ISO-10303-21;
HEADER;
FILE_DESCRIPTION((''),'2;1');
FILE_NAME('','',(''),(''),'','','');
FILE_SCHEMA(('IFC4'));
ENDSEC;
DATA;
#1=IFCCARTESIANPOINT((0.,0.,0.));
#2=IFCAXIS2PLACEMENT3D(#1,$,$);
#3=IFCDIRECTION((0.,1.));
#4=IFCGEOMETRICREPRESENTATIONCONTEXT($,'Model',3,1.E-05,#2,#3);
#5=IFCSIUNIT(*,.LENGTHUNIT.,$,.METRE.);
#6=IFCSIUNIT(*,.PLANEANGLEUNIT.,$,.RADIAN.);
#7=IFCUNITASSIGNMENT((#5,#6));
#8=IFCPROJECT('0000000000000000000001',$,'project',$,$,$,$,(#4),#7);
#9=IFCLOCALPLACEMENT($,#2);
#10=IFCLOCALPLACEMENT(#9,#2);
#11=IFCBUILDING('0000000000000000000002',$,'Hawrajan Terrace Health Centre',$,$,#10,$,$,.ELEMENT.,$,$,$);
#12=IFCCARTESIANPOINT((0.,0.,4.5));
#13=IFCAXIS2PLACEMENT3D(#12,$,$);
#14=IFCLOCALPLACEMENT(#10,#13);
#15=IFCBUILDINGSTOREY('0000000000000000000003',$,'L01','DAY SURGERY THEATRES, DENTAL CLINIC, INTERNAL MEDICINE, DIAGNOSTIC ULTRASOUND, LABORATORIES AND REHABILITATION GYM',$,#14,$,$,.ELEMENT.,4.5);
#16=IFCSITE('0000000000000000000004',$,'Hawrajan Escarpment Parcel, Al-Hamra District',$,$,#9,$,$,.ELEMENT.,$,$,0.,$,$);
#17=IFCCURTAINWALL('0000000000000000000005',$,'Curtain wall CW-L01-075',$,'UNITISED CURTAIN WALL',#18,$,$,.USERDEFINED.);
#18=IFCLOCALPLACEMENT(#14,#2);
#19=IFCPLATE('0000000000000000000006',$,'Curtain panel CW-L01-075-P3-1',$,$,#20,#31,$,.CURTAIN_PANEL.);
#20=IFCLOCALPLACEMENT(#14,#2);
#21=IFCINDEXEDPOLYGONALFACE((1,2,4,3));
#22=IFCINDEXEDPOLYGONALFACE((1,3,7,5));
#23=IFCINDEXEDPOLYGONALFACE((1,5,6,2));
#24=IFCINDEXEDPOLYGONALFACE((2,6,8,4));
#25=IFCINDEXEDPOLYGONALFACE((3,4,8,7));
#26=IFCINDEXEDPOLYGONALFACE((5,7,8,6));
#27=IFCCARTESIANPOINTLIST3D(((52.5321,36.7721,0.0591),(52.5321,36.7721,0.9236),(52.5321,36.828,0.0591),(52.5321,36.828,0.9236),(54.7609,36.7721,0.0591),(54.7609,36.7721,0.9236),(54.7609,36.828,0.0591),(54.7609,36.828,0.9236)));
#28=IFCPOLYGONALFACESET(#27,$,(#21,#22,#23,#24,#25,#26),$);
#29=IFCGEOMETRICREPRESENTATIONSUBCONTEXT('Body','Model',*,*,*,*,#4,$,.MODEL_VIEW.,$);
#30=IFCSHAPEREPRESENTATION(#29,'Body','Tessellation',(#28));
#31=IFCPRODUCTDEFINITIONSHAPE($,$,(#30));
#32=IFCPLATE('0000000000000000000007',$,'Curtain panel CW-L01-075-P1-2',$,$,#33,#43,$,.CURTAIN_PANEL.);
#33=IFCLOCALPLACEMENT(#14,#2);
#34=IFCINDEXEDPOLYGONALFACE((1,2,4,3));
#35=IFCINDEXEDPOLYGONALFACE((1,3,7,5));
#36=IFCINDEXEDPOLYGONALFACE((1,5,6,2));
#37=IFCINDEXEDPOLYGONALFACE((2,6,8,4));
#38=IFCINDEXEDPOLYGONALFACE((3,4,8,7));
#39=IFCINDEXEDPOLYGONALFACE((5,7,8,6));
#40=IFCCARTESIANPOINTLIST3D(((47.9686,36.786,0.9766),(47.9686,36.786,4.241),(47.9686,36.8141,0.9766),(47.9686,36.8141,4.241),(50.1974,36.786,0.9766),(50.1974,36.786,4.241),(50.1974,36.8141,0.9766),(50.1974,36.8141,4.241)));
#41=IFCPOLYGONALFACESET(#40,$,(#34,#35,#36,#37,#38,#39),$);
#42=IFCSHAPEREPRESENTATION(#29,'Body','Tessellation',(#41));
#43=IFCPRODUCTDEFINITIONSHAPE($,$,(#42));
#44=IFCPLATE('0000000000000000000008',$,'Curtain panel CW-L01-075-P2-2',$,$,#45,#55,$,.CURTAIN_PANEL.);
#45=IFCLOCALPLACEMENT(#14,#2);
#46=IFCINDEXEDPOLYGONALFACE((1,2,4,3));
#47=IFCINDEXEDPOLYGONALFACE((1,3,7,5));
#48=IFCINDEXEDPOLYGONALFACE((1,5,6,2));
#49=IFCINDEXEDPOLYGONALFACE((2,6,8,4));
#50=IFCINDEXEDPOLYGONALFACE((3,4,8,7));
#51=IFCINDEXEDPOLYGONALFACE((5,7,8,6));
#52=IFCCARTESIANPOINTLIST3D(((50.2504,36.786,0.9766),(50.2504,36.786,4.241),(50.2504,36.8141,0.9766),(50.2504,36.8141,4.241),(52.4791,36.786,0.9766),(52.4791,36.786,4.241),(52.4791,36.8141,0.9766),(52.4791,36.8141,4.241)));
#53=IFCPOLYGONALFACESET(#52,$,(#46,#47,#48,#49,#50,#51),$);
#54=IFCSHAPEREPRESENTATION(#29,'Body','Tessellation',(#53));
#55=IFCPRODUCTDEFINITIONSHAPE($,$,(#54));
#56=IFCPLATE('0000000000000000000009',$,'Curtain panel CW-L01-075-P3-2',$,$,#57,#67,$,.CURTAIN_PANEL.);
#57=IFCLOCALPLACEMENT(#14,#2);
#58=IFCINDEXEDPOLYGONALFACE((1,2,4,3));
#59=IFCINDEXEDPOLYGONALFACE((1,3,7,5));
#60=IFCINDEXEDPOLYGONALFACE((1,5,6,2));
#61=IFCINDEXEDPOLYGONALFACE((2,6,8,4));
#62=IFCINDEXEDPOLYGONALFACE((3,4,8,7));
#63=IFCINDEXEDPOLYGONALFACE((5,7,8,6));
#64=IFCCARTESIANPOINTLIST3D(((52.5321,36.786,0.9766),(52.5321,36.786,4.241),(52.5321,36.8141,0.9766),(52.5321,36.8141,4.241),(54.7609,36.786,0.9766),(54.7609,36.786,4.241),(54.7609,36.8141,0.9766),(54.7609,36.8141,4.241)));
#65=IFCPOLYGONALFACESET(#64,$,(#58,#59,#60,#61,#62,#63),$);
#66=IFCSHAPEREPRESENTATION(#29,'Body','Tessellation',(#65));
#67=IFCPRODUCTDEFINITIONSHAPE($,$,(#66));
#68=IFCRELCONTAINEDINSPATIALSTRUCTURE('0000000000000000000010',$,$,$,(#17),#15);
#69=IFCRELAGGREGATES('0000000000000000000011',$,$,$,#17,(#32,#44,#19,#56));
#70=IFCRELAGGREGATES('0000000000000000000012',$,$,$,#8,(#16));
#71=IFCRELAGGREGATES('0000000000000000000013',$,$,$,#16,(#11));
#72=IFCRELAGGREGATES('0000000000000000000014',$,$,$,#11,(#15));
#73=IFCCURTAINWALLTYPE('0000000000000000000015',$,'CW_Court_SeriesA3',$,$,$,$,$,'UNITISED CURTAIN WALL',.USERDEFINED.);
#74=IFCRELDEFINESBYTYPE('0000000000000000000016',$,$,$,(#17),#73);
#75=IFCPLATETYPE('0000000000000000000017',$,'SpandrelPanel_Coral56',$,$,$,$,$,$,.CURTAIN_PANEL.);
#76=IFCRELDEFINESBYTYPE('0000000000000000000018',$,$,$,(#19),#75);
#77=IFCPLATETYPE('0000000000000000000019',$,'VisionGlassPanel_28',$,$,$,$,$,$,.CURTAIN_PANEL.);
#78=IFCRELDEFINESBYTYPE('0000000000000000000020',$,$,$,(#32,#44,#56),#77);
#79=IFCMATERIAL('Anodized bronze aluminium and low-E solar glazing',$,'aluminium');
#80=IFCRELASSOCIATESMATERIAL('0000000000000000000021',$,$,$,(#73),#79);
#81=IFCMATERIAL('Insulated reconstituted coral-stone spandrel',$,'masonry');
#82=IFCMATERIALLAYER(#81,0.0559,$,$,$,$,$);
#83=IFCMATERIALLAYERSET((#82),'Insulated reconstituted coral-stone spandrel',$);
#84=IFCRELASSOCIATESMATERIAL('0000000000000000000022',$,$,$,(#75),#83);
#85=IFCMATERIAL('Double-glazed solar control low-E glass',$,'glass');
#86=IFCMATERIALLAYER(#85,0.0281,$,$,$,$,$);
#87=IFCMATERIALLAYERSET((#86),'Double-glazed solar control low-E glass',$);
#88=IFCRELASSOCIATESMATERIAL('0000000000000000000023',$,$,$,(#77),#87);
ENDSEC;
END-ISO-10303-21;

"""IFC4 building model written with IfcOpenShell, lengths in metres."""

from ifc_helpers import new_model, si_unit, direction, frame, origin, origin_2d, place, context, subcontext, project, spatial, rectangle, extrude, material, layer, layer_set, type_object, element, aggregate, save


model = new_model("IFC4")

# Units and contexts
model_context = context("Model", 3, precision=1e-05, world=origin(), true_north=direction((0.0, 1.0)))
body_context = subcontext(model_context, "Body", "Model", "MODEL_VIEW")
ifc_project = project(units=[si_unit("LENGTHUNIT", "METRE"), si_unit("PLANEANGLEUNIT", "RADIAN")], contexts=[model_context])

# Site, building, storey
site_placement = place(None, origin())
site = spatial("IfcSite", under=ifc_project, at=site_placement, Name="Hawrajan Escarpment Parcel, Al-Hamra District", CompositionType="ELEMENT", RefElevation=0.0)
building_placement = place(site_placement, origin())
building = spatial("IfcBuilding", under=site, at=building_placement, Name="Hawrajan Terrace Health Centre", CompositionType="ELEMENT")
storey_placement = place(building_placement, frame((0.0, 0.0, 4.5)))
storey = spatial("IfcBuildingStorey", under=building, at=storey_placement, Name="L01", Description="DAY SURGERY THEATRES, DENTAL CLINIC, INTERNAL MEDICINE, DIAGNOSTIC ULTRASOUND, LABORATORIES AND REHABILITATION GYM", CompositionType="ELEMENT", Elevation=4.5)

# Curtain wall
ifc_material_1 = material(Name="Anodized bronze aluminium and low-E solar glazing", Category="aluminium")
curtain_wall_type_1 = type_object("IfcCurtainWallType", Name="CW_Court_SeriesA3", ElementType="UNITISED CURTAIN WALL", PredefinedType="USERDEFINED", material=ifc_material_1)
curtain_wall_1_placement = place(storey_placement, origin())
curtain_wall_1 = element("IfcCurtainWall", 1, at=curtain_wall_1_placement, inside=storey, type_object=curtain_wall_type_1, Name="Curtain wall CW-L01-075", ObjectType="UNITISED CURTAIN WALL", PredefinedType="USERDEFINED")

# Plates
ifc_material_2 = material(Name="Insulated reconstituted coral-stone spandrel", Category="masonry")
ifc_layer_1 = layer(ifc_material_2, 0.0559)
ifc_layer_set_1 = layer_set([ifc_layer_1], Name="Insulated reconstituted coral-stone spandrel")
plate_type_1 = type_object("IfcPlateType", Name="SpandrelPanel_Coral56", PredefinedType="CURTAIN_PANEL", material=ifc_layer_set_1)
plate_1_placement = place(storey_placement, frame((53.6465, 36.8, 0.0591), z_axis=(0.0, 0.0, 1.0), x_axis=(1.0, 0.0, 0.0)))
plate_1 = element("IfcPlate", 2, at=plate_1_placement, type_object=plate_type_1, Name="Curtain panel CW-L01-075-P3-1", PredefinedType="CURTAIN_PANEL", context=body_context, shape_type="SweptSolid", body=[
    extrude(rectangle(XDim=2.2288, YDim=0.0559, at=origin_2d()), origin(), (0.0, 0.0, 1.0), 0.8645),
])
ifc_material_3 = material(Name="Double-glazed solar control low-E glass", Category="glass")
ifc_layer_2 = layer(ifc_material_3, 0.0281)
ifc_layer_set_2 = layer_set([ifc_layer_2], Name="Double-glazed solar control low-E glass")
plate_type_2 = type_object("IfcPlateType", Name="VisionGlassPanel_28", PredefinedType="CURTAIN_PANEL", material=ifc_layer_set_2)
plate_2_placement = place(storey_placement, frame((49.083, 36.8, 0.9766), z_axis=(0.0, 0.0, 1.0), x_axis=(1.0, 0.0, 0.0)))
plate_2 = element("IfcPlate", 3, at=plate_2_placement, type_object=plate_type_2, Name="Curtain panel CW-L01-075-P1-2", PredefinedType="CURTAIN_PANEL", context=body_context, shape_type="SweptSolid", body=[
    extrude(rectangle(XDim=2.2288, YDim=0.0281, at=origin_2d()), origin(), (0.0, 0.0, 1.0), 3.2644),
])
plate_3_placement = place(storey_placement, frame((51.3647, 36.8, 0.9766), z_axis=(0.0, 0.0, 1.0), x_axis=(1.0, 0.0, 0.0)))
plate_3 = element("IfcPlate", 4, at=plate_3_placement, type_object=plate_type_2, Name="Curtain panel CW-L01-075-P2-2", PredefinedType="CURTAIN_PANEL", context=body_context, shape_type="SweptSolid", body=[
    extrude(rectangle(XDim=2.2288, YDim=0.0281, at=origin_2d()), origin(), (0.0, 0.0, 1.0), 3.2644),
])
plate_4_placement = place(storey_placement, frame((53.6465, 36.8, 0.9766), z_axis=(0.0, 0.0, 1.0), x_axis=(1.0, 0.0, 0.0)))
plate_4 = element("IfcPlate", 5, at=plate_4_placement, type_object=plate_type_2, Name="Curtain panel CW-L01-075-P3-2", PredefinedType="CURTAIN_PANEL", context=body_context, shape_type="SweptSolid", body=[
    extrude(rectangle(XDim=2.2288, YDim=0.0281, at=origin_2d()), origin(), (0.0, 0.0, 1.0), 3.2644),
])
aggregate(curtain_wall_1, [plate_2, plate_3, plate_1, plate_4])

save(model, "model.ifc")
